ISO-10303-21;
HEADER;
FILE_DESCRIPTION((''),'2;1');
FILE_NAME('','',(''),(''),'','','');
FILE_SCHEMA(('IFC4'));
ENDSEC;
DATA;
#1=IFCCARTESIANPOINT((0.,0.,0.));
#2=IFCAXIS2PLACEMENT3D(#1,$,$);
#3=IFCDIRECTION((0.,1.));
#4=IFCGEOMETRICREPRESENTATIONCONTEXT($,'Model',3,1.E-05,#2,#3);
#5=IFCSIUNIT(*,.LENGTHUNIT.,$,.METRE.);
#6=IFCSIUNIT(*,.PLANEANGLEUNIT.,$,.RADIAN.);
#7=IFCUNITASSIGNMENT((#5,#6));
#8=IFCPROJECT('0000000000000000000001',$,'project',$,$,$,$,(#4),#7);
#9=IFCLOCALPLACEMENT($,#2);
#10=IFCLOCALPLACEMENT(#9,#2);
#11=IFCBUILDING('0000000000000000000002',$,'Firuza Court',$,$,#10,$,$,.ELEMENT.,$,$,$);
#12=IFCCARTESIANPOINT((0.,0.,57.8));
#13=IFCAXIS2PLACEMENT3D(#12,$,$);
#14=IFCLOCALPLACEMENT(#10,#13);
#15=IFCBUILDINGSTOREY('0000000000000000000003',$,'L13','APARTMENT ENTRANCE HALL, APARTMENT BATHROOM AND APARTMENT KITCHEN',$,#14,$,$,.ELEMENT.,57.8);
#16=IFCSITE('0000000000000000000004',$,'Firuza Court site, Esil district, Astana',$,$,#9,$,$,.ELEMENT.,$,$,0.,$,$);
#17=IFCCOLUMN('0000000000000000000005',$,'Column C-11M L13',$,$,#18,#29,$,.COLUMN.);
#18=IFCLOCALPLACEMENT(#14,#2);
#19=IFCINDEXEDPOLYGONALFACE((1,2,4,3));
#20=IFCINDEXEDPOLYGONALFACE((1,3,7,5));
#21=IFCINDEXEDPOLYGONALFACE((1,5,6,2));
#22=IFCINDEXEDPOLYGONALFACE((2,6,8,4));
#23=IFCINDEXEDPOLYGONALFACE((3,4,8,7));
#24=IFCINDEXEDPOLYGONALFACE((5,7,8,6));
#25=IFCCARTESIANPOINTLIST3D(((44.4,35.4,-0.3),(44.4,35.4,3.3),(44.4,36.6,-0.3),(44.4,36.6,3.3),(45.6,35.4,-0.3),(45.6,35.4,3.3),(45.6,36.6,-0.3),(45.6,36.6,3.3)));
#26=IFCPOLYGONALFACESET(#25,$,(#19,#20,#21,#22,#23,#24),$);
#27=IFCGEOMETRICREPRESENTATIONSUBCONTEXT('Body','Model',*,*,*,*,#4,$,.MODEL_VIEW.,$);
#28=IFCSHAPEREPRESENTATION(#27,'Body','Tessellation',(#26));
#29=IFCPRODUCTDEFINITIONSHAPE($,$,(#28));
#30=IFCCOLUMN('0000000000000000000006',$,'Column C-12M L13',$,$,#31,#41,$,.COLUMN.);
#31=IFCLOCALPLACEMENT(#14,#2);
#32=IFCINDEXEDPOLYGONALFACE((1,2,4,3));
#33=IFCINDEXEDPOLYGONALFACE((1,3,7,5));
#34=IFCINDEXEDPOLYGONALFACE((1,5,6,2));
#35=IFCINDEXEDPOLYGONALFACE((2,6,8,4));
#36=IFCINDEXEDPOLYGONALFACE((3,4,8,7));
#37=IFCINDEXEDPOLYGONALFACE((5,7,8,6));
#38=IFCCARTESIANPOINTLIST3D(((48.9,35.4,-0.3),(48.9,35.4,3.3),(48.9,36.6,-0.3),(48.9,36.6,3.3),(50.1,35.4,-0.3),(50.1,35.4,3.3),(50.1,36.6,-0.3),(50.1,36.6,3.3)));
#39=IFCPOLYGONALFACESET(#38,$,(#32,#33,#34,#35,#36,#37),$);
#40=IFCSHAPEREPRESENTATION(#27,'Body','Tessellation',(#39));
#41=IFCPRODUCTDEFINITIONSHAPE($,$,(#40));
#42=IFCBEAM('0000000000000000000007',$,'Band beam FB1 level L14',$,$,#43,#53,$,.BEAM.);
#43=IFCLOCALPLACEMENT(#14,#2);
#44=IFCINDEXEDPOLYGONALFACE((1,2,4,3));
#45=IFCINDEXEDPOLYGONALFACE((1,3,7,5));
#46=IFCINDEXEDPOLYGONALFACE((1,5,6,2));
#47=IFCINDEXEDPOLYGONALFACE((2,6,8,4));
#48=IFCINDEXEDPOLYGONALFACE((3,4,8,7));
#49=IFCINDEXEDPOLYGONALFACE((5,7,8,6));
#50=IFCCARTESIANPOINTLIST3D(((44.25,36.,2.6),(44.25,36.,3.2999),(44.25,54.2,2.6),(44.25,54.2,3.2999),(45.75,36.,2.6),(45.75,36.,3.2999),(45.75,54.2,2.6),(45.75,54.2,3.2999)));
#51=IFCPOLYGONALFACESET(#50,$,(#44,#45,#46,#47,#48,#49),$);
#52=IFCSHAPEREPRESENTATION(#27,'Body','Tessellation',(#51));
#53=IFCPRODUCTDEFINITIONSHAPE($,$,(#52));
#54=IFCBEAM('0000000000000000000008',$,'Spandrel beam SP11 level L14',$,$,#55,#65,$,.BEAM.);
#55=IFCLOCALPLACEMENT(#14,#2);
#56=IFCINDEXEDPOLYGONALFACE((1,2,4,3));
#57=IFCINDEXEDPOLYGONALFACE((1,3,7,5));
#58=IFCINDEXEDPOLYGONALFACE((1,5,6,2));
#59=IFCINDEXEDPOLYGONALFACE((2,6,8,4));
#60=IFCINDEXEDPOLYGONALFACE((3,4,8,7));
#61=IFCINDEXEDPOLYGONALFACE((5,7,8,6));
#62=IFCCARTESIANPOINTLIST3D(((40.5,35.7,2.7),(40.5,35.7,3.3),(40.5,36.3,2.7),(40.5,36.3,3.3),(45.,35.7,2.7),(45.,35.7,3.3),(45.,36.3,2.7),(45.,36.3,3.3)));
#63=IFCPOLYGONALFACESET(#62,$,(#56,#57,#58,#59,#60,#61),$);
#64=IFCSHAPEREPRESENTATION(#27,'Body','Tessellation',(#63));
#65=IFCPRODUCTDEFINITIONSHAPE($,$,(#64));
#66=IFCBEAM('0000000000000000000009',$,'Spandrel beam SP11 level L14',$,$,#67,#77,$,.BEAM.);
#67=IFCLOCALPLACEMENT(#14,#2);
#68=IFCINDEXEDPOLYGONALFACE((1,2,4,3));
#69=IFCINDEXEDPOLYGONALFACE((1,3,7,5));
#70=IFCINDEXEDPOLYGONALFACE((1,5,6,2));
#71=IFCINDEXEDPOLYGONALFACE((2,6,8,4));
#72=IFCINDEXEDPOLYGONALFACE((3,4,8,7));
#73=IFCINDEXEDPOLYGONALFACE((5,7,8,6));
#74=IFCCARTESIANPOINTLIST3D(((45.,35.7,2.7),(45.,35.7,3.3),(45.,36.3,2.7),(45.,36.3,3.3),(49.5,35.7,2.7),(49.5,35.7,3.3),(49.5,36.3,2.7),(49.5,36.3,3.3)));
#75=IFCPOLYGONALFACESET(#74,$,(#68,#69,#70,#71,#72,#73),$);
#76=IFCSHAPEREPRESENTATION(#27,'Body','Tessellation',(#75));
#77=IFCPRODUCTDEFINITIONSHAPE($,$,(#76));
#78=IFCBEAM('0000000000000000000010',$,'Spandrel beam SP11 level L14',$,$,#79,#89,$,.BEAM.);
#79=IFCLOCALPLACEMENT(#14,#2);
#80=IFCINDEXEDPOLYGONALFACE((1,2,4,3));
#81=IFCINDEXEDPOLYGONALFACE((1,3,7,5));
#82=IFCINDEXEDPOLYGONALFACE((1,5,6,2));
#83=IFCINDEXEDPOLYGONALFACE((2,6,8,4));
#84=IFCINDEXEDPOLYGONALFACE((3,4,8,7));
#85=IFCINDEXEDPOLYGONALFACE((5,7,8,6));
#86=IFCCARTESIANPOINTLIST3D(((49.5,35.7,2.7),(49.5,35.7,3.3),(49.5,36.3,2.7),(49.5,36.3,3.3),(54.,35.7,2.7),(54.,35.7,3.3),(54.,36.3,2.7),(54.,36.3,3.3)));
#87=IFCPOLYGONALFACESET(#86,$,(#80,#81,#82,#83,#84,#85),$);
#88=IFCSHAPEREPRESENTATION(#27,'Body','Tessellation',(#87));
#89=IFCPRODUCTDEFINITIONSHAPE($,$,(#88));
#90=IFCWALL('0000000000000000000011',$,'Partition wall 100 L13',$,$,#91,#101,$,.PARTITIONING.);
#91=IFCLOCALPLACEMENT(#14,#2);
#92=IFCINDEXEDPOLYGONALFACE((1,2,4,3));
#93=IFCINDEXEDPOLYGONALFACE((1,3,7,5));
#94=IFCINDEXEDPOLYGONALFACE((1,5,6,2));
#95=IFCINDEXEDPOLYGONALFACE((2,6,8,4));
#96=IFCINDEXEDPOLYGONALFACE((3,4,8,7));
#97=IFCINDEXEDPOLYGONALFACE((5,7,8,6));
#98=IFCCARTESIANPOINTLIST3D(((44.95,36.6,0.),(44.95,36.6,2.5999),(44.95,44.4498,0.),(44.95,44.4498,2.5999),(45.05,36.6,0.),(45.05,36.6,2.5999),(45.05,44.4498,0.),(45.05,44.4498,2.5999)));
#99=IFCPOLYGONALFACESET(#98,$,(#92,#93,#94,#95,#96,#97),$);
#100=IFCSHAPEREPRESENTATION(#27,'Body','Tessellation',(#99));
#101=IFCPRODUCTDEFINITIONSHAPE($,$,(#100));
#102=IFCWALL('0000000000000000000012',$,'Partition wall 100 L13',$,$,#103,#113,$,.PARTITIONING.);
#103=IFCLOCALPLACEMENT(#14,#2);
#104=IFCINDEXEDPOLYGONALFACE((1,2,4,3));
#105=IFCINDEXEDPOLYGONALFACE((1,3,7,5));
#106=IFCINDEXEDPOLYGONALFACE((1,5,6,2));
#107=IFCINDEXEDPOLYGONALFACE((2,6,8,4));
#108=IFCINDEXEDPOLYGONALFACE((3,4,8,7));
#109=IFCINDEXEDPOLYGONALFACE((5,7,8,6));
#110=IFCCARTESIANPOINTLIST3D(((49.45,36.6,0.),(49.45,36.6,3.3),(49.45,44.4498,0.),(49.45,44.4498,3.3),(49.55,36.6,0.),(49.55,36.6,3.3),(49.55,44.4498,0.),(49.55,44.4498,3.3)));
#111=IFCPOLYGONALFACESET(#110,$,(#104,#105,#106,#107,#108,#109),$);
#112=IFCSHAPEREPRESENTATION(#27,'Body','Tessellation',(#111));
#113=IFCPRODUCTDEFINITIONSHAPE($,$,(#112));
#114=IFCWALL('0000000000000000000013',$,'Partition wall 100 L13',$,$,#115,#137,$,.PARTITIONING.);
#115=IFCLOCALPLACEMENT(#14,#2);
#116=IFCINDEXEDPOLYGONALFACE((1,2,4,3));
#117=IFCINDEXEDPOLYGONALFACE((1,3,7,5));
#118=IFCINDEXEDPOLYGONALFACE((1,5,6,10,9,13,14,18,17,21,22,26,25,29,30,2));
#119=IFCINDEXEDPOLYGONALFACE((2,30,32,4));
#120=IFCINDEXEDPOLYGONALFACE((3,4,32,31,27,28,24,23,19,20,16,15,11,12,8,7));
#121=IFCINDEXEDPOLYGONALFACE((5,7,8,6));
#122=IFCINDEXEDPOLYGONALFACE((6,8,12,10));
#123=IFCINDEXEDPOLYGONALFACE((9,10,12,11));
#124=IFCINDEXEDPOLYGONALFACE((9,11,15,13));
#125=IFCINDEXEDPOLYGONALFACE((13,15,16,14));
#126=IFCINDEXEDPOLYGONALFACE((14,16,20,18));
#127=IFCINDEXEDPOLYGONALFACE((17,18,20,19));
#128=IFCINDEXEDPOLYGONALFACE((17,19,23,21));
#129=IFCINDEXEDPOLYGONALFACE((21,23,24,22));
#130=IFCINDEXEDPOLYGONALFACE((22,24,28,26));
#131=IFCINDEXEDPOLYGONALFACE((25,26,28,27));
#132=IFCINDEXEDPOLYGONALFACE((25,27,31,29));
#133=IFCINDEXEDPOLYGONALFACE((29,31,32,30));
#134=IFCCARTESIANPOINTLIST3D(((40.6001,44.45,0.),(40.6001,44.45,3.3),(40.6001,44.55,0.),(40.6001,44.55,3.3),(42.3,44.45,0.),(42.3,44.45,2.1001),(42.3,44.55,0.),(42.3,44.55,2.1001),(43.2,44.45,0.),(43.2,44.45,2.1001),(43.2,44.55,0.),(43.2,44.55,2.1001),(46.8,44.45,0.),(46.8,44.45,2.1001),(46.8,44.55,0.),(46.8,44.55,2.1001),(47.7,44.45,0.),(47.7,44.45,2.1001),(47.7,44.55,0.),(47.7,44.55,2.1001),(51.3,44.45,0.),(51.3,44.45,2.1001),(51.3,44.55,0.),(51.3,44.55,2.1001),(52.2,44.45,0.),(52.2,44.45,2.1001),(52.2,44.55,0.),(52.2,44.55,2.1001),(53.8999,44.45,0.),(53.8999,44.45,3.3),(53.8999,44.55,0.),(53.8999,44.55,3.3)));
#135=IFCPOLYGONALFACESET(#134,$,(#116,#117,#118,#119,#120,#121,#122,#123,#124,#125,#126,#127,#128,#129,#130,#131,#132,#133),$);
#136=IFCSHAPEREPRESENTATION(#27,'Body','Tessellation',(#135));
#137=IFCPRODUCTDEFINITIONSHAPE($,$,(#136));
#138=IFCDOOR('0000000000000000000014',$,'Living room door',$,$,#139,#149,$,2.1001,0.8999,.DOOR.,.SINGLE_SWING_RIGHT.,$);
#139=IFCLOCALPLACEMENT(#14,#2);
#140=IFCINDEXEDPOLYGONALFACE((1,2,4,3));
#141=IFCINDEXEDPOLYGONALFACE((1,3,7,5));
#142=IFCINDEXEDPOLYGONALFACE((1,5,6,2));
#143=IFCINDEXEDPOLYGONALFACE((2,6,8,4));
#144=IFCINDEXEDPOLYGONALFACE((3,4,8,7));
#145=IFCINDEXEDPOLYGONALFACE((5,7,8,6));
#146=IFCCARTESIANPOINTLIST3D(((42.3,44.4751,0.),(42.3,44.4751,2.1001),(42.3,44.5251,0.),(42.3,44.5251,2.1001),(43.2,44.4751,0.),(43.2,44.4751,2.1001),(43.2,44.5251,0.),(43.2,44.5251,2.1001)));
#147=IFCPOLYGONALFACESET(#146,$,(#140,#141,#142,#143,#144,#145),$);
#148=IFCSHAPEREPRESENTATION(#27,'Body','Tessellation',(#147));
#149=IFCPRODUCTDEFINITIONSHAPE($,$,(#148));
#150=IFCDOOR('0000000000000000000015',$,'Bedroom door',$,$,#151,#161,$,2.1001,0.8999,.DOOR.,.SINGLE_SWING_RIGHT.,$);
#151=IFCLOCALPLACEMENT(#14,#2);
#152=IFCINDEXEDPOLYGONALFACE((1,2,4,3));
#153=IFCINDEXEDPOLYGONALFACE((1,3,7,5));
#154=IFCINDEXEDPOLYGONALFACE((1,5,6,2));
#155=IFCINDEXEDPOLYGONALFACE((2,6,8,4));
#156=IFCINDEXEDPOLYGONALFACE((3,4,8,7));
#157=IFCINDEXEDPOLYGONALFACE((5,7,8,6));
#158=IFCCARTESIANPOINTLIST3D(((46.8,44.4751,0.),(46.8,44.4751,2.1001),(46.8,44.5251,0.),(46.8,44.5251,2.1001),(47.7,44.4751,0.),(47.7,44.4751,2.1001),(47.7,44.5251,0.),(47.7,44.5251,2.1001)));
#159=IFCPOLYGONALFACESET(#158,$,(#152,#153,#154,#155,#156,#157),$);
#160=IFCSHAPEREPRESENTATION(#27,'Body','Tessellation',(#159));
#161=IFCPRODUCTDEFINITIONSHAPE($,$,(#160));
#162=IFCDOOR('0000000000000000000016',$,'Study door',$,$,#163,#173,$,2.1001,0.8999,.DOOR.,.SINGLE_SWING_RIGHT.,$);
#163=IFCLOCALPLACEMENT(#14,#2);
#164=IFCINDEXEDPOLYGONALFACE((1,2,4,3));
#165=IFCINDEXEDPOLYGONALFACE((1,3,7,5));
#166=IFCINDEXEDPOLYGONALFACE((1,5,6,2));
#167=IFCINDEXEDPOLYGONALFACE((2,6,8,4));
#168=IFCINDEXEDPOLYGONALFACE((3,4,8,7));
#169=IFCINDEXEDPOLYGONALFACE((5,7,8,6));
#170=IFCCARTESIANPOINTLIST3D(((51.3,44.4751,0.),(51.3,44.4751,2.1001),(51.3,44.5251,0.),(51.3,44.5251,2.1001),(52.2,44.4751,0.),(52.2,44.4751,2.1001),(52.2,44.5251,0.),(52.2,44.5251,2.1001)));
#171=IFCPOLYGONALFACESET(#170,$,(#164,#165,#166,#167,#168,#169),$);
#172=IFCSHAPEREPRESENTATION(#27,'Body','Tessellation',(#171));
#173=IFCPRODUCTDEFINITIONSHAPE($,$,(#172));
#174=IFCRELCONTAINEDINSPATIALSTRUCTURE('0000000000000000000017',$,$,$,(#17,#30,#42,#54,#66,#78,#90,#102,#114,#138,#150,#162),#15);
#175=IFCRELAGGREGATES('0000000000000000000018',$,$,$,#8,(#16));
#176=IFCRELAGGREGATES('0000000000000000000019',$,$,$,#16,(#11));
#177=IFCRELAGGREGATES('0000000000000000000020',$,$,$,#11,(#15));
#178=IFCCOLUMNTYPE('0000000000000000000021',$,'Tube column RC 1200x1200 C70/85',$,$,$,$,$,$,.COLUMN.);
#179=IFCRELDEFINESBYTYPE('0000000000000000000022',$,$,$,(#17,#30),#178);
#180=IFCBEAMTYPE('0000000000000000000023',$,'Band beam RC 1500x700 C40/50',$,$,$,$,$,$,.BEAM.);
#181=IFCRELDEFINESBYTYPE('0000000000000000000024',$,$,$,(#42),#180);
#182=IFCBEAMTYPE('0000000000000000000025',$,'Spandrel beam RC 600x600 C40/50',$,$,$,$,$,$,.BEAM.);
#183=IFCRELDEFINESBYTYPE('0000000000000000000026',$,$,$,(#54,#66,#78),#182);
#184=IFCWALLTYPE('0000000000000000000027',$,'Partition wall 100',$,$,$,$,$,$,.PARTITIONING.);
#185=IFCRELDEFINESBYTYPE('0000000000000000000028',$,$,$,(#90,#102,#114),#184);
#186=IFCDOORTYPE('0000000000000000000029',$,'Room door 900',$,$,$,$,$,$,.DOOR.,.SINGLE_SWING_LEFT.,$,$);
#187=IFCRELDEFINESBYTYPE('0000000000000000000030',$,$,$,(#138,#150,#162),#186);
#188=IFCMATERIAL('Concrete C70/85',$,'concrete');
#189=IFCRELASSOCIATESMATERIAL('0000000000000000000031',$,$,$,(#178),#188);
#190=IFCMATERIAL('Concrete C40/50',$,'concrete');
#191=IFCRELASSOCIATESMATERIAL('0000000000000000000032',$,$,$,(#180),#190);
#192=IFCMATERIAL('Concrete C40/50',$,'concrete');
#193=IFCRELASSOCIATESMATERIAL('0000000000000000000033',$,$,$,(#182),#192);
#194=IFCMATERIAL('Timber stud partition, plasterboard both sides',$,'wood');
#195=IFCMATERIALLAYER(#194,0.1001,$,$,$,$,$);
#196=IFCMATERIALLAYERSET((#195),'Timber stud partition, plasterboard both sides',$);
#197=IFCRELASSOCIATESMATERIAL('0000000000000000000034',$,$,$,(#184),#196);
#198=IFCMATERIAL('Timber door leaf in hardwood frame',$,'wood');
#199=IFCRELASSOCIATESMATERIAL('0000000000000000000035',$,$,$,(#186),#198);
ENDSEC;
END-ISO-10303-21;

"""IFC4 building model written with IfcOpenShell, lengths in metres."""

from ifc_helpers import new_model, si_unit, direction, frame, frame_2d, origin, origin_2d, place, context, subcontext, project, spatial, rectangle, extrude, material, layer, layer_set, material_profile, profile_set, type_object, element, fill, save


model = new_model("IFC4")

# Units and contexts
model_context = context("Model", 3, precision=1e-05, world=origin(), true_north=direction((0.0, 1.0)))
body_context = subcontext(model_context, "Body", "Model", "MODEL_VIEW")
ifc_project = project(units=[si_unit("LENGTHUNIT", "METRE"), si_unit("PLANEANGLEUNIT", "RADIAN")], contexts=[model_context])

# Site, building, storey
site_placement = place(None, origin())
site = spatial("IfcSite", under=ifc_project, at=site_placement, Name="Firuza Court site, Esil district, Astana", CompositionType="ELEMENT", RefElevation=0.0)
building_placement = place(site_placement, origin())
building = spatial("IfcBuilding", under=site, at=building_placement, Name="Firuza Court", CompositionType="ELEMENT")
storey_placement = place(building_placement, frame((0.0, 0.0, 57.8)))
storey = spatial("IfcBuildingStorey", under=building, at=storey_placement, Name="L13", Description="APARTMENT ENTRANCE HALL, APARTMENT BATHROOM AND APARTMENT KITCHEN", CompositionType="ELEMENT", Elevation=57.8)

# Columns
ifc_material_1 = material(Name="Concrete C70/85", Category="concrete")
ifc_material_profile_1 = material_profile(ifc_material_1, rectangle(XDim=1.2, YDim=1.2, at=origin_2d()), Name="RC 1200x1200")
ifc_profile_set_1 = profile_set([ifc_material_profile_1], Name="Concrete C70/85")
column_type = type_object("IfcColumnType", Name="Tube column RC 1200x1200 C70/85", PredefinedType="COLUMN", material=ifc_profile_set_1)
for number, where, z_axis, x_axis, name in (
    (1, (45.0, 36.0, -0.3), (0.0, 0.0, 1.0), (1.0, 0.0, 0.0), "Column C-11M L13"),
    (2, (49.5, 36.0, -0.3), (0.0, 0.0, 1.0), (1.0, 0.0, 0.0), "Column C-12M L13"),
):
    element("IfcColumn", number, at=place(storey_placement, frame(where, z_axis=z_axis, x_axis=x_axis)), inside=storey, type_object=column_type, Name=name, PredefinedType="COLUMN", context=body_context, shape_type="SweptSolid", body=[
        extrude(rectangle(XDim=1.2, YDim=1.2, at=origin_2d()), origin(), (0.0, 0.0, 1.0), 3.6001),
    ])

# Beams
ifc_material_2 = material(Name="Concrete C40/50", Category="concrete")
ifc_material_profile_2 = material_profile(ifc_material_2, rectangle(XDim=1.5, YDim=0.7, at=origin_2d()), Name="RC 1500x700")
ifc_profile_set_2 = profile_set([ifc_material_profile_2], Name="Concrete C40/50")
beam_type_1 = type_object("IfcBeamType", Name="Band beam RC 1500x700 C40/50", PredefinedType="BEAM", material=ifc_profile_set_2)
beam_placement = place(storey_placement, frame((45.0, 36.0, 2.95), z_axis=(0.0, 1.0, 0.0), x_axis=(-1.0, 0.0, 0.0)))
element("IfcBeam", 3, at=beam_placement, inside=storey, type_object=beam_type_1, Name="Band beam FB1 level L14", PredefinedType="BEAM", context=body_context, shape_type="SweptSolid", body=[
    extrude(rectangle(XDim=1.5, YDim=0.7, at=origin_2d()), origin(), (0.0, 0.0, 1.0), 18.2),
])
ifc_material_3 = material(Name="Concrete C40/50", Category="concrete")
ifc_material_profile_3 = material_profile(ifc_material_3, rectangle(XDim=0.6001, YDim=0.6001, at=origin_2d()), Name="RC 600x600")
ifc_profile_set_3 = profile_set([ifc_material_profile_3], Name="Concrete C40/50")
beam_type_2 = type_object("IfcBeamType", Name="Spandrel beam RC 600x600 C40/50", PredefinedType="BEAM", material=ifc_profile_set_3)
for number, where, z_axis, x_axis, name in (
    (4, (40.5, 36.0, 3.0), (1.0, 0.0, 0.0), (0.0, 1.0, 0.0), "Spandrel beam SP11 level L14"),
    (5, (45.0, 36.0, 3.0), (1.0, 0.0, 0.0), (0.0, 1.0, 0.0), "Spandrel beam SP11 level L14"),
    (6, (49.5, 36.0, 3.0), (1.0, 0.0, 0.0), (0.0, 1.0, 0.0), "Spandrel beam SP11 level L14"),
):
    element("IfcBeam", number, at=place(storey_placement, frame(where, z_axis=z_axis, x_axis=x_axis)), inside=storey, type_object=beam_type_2, Name=name, PredefinedType="BEAM", context=body_context, shape_type="SweptSolid", body=[
        extrude(rectangle(XDim=0.6001, YDim=0.6001, at=origin_2d()), origin(), (0.0, 0.0, 1.0), 4.5),
    ])

# Walls
ifc_material_4 = material(Name="Timber stud partition, plasterboard both sides", Category="wood")
ifc_layer_1 = layer(ifc_material_4, 0.1001)
ifc_layer_set_1 = layer_set([ifc_layer_1], Name="Timber stud partition, plasterboard both sides")
wall_type_1 = type_object("IfcWallType", Name="Partition wall 100", PredefinedType="PARTITIONING", material=ifc_layer_set_1)
wall_1_placement = place(storey_placement, frame((45.0, 36.6001, 0.0), z_axis=(0.0, 0.0, 1.0), x_axis=(0.0, 1.0, 0.0)))
element("IfcWall", 7, at=wall_1_placement, inside=storey, type_object=wall_type_1, Name="Partition wall 100 L13", PredefinedType="PARTITIONING", context=body_context, shape_type="SweptSolid", body=[
    extrude(rectangle(XDim=7.8499, YDim=0.1001, at=frame_2d((3.9248, 0.0))), origin(), (0.0, 0.0, 1.0), 2.5999),
])
wall_2_placement = place(storey_placement, frame((49.5, 36.6001, 0.0), z_axis=(0.0, 0.0, 1.0), x_axis=(0.0, 1.0, 0.0)))
element("IfcWall", 8, at=wall_2_placement, inside=storey, type_object=wall_type_1, Name="Partition wall 100 L13", PredefinedType="PARTITIONING", context=body_context, shape_type="SweptSolid", body=[
    extrude(rectangle(XDim=7.8499, YDim=0.1001, at=frame_2d((3.9248, 0.0))), origin(), (0.0, 0.0, 1.0), 3.3),
])

# Wall, openings, doors
wall_3_placement = place(storey_placement, frame((40.6001, 44.5, 0.0), z_axis=(0.0, 0.0, 1.0), x_axis=(1.0, 0.0, 0.0)))
wall_3 = element("IfcWall", 9, at=wall_3_placement, inside=storey, type_object=wall_type_1, Name="Partition wall 100 L13", PredefinedType="PARTITIONING", context=body_context, shape_type="SweptSolid", body=[
    extrude(rectangle(XDim=13.2998, YDim=0.1001, at=frame_2d((6.6499, 0.0))), origin(), (0.0, 0.0, 1.0), 3.3),
])
opening_1_placement = place(wall_3_placement, frame((1.7, 0.0, 0.0)))
opening_1 = element("IfcOpeningElement", 10, at=opening_1_placement, cuts=wall_3, PredefinedType="OPENING", context=body_context, shape_type="SweptSolid", body=[
    extrude(rectangle(XDim=0.8999, YDim=2.1001, at=frame_2d((0.45, 1.05))), frame((0.0, 0.062, 0.0), z_axis=(0.0, -1.0, 0.0), x_axis=(1.0, 0.0, 0.0)), (0.0, 0.0, 1.0), 0.124),
])
opening_2_placement = place(wall_3_placement, frame((6.2, 0.0, 0.0)))
opening_2 = element("IfcOpeningElement", 11, at=opening_2_placement, cuts=wall_3, PredefinedType="OPENING", context=body_context, shape_type="SweptSolid", body=[
    extrude(rectangle(XDim=0.8999, YDim=2.1001, at=frame_2d((0.45, 1.05))), frame((0.0, 0.062, 0.0), z_axis=(0.0, -1.0, 0.0), x_axis=(1.0, 0.0, 0.0)), (0.0, 0.0, 1.0), 0.124),
])
opening_3_placement = place(wall_3_placement, frame((10.7, 0.0, 0.0)))
opening_3 = element("IfcOpeningElement", 12, at=opening_3_placement, cuts=wall_3, PredefinedType="OPENING", context=body_context, shape_type="SweptSolid", body=[
    extrude(rectangle(XDim=0.8999, YDim=2.1001, at=frame_2d((0.45, 1.05))), frame((0.0, 0.062, 0.0), z_axis=(0.0, -1.0, 0.0), x_axis=(1.0, 0.0, 0.0)), (0.0, 0.0, 1.0), 0.124),
])
ifc_material_5 = material(Name="Timber door leaf in hardwood frame", Category="wood")
door_type = type_object("IfcDoorType", Name="Room door 900", OperationType="SINGLE_SWING_LEFT", PredefinedType="DOOR", material=ifc_material_5)
door_1_placement = place(opening_1_placement, frame((0.8999, 0.0, 0.0), z_axis=(0.0, 0.0, 1.0), x_axis=(-1.0, 0.0, 0.0)))
door_1 = element("IfcDoor", 13, at=door_1_placement, inside=storey, type_object=door_type, Name="Living room door", OperationType="SINGLE_SWING_RIGHT", OverallHeight=2.1001, OverallWidth=0.8999, PredefinedType="DOOR", context=body_context, shape_type="SweptSolid", body=[
    extrude(rectangle(XDim=0.8999, YDim=2.1001, at=frame_2d((0.45, 1.05))), frame((0.0, 0.0249, 0.0), z_axis=(0.0, -1.0, 0.0), x_axis=(1.0, 0.0, 0.0)), (0.0, 0.0, 1.0), 0.05),
])
fill(opening_1, door_1)
door_2_placement = place(opening_2_placement, frame((0.8999, 0.0, 0.0), z_axis=(0.0, 0.0, 1.0), x_axis=(-1.0, 0.0, 0.0)))
door_2 = element("IfcDoor", 14, at=door_2_placement, inside=storey, type_object=door_type, Name="Bedroom door", OperationType="SINGLE_SWING_RIGHT", OverallHeight=2.1001, OverallWidth=0.8999, PredefinedType="DOOR", context=body_context, shape_type="SweptSolid", body=[
    extrude(rectangle(XDim=0.8999, YDim=2.1001, at=frame_2d((0.45, 1.05))), frame((0.0, 0.0249, 0.0), z_axis=(0.0, -1.0, 0.0), x_axis=(1.0, 0.0, 0.0)), (0.0, 0.0, 1.0), 0.05),
])
fill(opening_2, door_2)
door_3_placement = place(opening_3_placement, frame((0.8999, 0.0, 0.0), z_axis=(0.0, 0.0, 1.0), x_axis=(-1.0, 0.0, 0.0)))
door_3 = element("IfcDoor", 15, at=door_3_placement, inside=storey, type_object=door_type, Name="Study door", OperationType="SINGLE_SWING_RIGHT", OverallHeight=2.1001, OverallWidth=0.8999, PredefinedType="DOOR", context=body_context, shape_type="SweptSolid", body=[
    extrude(rectangle(XDim=0.8999, YDim=2.1001, at=frame_2d((0.45, 1.05))), frame((0.0, 0.0249, 0.0), z_axis=(0.0, -1.0, 0.0), x_axis=(1.0, 0.0, 0.0)), (0.0, 0.0, 1.0), 0.05),
])
fill(opening_3, door_3)

save(model, "model.ifc")
